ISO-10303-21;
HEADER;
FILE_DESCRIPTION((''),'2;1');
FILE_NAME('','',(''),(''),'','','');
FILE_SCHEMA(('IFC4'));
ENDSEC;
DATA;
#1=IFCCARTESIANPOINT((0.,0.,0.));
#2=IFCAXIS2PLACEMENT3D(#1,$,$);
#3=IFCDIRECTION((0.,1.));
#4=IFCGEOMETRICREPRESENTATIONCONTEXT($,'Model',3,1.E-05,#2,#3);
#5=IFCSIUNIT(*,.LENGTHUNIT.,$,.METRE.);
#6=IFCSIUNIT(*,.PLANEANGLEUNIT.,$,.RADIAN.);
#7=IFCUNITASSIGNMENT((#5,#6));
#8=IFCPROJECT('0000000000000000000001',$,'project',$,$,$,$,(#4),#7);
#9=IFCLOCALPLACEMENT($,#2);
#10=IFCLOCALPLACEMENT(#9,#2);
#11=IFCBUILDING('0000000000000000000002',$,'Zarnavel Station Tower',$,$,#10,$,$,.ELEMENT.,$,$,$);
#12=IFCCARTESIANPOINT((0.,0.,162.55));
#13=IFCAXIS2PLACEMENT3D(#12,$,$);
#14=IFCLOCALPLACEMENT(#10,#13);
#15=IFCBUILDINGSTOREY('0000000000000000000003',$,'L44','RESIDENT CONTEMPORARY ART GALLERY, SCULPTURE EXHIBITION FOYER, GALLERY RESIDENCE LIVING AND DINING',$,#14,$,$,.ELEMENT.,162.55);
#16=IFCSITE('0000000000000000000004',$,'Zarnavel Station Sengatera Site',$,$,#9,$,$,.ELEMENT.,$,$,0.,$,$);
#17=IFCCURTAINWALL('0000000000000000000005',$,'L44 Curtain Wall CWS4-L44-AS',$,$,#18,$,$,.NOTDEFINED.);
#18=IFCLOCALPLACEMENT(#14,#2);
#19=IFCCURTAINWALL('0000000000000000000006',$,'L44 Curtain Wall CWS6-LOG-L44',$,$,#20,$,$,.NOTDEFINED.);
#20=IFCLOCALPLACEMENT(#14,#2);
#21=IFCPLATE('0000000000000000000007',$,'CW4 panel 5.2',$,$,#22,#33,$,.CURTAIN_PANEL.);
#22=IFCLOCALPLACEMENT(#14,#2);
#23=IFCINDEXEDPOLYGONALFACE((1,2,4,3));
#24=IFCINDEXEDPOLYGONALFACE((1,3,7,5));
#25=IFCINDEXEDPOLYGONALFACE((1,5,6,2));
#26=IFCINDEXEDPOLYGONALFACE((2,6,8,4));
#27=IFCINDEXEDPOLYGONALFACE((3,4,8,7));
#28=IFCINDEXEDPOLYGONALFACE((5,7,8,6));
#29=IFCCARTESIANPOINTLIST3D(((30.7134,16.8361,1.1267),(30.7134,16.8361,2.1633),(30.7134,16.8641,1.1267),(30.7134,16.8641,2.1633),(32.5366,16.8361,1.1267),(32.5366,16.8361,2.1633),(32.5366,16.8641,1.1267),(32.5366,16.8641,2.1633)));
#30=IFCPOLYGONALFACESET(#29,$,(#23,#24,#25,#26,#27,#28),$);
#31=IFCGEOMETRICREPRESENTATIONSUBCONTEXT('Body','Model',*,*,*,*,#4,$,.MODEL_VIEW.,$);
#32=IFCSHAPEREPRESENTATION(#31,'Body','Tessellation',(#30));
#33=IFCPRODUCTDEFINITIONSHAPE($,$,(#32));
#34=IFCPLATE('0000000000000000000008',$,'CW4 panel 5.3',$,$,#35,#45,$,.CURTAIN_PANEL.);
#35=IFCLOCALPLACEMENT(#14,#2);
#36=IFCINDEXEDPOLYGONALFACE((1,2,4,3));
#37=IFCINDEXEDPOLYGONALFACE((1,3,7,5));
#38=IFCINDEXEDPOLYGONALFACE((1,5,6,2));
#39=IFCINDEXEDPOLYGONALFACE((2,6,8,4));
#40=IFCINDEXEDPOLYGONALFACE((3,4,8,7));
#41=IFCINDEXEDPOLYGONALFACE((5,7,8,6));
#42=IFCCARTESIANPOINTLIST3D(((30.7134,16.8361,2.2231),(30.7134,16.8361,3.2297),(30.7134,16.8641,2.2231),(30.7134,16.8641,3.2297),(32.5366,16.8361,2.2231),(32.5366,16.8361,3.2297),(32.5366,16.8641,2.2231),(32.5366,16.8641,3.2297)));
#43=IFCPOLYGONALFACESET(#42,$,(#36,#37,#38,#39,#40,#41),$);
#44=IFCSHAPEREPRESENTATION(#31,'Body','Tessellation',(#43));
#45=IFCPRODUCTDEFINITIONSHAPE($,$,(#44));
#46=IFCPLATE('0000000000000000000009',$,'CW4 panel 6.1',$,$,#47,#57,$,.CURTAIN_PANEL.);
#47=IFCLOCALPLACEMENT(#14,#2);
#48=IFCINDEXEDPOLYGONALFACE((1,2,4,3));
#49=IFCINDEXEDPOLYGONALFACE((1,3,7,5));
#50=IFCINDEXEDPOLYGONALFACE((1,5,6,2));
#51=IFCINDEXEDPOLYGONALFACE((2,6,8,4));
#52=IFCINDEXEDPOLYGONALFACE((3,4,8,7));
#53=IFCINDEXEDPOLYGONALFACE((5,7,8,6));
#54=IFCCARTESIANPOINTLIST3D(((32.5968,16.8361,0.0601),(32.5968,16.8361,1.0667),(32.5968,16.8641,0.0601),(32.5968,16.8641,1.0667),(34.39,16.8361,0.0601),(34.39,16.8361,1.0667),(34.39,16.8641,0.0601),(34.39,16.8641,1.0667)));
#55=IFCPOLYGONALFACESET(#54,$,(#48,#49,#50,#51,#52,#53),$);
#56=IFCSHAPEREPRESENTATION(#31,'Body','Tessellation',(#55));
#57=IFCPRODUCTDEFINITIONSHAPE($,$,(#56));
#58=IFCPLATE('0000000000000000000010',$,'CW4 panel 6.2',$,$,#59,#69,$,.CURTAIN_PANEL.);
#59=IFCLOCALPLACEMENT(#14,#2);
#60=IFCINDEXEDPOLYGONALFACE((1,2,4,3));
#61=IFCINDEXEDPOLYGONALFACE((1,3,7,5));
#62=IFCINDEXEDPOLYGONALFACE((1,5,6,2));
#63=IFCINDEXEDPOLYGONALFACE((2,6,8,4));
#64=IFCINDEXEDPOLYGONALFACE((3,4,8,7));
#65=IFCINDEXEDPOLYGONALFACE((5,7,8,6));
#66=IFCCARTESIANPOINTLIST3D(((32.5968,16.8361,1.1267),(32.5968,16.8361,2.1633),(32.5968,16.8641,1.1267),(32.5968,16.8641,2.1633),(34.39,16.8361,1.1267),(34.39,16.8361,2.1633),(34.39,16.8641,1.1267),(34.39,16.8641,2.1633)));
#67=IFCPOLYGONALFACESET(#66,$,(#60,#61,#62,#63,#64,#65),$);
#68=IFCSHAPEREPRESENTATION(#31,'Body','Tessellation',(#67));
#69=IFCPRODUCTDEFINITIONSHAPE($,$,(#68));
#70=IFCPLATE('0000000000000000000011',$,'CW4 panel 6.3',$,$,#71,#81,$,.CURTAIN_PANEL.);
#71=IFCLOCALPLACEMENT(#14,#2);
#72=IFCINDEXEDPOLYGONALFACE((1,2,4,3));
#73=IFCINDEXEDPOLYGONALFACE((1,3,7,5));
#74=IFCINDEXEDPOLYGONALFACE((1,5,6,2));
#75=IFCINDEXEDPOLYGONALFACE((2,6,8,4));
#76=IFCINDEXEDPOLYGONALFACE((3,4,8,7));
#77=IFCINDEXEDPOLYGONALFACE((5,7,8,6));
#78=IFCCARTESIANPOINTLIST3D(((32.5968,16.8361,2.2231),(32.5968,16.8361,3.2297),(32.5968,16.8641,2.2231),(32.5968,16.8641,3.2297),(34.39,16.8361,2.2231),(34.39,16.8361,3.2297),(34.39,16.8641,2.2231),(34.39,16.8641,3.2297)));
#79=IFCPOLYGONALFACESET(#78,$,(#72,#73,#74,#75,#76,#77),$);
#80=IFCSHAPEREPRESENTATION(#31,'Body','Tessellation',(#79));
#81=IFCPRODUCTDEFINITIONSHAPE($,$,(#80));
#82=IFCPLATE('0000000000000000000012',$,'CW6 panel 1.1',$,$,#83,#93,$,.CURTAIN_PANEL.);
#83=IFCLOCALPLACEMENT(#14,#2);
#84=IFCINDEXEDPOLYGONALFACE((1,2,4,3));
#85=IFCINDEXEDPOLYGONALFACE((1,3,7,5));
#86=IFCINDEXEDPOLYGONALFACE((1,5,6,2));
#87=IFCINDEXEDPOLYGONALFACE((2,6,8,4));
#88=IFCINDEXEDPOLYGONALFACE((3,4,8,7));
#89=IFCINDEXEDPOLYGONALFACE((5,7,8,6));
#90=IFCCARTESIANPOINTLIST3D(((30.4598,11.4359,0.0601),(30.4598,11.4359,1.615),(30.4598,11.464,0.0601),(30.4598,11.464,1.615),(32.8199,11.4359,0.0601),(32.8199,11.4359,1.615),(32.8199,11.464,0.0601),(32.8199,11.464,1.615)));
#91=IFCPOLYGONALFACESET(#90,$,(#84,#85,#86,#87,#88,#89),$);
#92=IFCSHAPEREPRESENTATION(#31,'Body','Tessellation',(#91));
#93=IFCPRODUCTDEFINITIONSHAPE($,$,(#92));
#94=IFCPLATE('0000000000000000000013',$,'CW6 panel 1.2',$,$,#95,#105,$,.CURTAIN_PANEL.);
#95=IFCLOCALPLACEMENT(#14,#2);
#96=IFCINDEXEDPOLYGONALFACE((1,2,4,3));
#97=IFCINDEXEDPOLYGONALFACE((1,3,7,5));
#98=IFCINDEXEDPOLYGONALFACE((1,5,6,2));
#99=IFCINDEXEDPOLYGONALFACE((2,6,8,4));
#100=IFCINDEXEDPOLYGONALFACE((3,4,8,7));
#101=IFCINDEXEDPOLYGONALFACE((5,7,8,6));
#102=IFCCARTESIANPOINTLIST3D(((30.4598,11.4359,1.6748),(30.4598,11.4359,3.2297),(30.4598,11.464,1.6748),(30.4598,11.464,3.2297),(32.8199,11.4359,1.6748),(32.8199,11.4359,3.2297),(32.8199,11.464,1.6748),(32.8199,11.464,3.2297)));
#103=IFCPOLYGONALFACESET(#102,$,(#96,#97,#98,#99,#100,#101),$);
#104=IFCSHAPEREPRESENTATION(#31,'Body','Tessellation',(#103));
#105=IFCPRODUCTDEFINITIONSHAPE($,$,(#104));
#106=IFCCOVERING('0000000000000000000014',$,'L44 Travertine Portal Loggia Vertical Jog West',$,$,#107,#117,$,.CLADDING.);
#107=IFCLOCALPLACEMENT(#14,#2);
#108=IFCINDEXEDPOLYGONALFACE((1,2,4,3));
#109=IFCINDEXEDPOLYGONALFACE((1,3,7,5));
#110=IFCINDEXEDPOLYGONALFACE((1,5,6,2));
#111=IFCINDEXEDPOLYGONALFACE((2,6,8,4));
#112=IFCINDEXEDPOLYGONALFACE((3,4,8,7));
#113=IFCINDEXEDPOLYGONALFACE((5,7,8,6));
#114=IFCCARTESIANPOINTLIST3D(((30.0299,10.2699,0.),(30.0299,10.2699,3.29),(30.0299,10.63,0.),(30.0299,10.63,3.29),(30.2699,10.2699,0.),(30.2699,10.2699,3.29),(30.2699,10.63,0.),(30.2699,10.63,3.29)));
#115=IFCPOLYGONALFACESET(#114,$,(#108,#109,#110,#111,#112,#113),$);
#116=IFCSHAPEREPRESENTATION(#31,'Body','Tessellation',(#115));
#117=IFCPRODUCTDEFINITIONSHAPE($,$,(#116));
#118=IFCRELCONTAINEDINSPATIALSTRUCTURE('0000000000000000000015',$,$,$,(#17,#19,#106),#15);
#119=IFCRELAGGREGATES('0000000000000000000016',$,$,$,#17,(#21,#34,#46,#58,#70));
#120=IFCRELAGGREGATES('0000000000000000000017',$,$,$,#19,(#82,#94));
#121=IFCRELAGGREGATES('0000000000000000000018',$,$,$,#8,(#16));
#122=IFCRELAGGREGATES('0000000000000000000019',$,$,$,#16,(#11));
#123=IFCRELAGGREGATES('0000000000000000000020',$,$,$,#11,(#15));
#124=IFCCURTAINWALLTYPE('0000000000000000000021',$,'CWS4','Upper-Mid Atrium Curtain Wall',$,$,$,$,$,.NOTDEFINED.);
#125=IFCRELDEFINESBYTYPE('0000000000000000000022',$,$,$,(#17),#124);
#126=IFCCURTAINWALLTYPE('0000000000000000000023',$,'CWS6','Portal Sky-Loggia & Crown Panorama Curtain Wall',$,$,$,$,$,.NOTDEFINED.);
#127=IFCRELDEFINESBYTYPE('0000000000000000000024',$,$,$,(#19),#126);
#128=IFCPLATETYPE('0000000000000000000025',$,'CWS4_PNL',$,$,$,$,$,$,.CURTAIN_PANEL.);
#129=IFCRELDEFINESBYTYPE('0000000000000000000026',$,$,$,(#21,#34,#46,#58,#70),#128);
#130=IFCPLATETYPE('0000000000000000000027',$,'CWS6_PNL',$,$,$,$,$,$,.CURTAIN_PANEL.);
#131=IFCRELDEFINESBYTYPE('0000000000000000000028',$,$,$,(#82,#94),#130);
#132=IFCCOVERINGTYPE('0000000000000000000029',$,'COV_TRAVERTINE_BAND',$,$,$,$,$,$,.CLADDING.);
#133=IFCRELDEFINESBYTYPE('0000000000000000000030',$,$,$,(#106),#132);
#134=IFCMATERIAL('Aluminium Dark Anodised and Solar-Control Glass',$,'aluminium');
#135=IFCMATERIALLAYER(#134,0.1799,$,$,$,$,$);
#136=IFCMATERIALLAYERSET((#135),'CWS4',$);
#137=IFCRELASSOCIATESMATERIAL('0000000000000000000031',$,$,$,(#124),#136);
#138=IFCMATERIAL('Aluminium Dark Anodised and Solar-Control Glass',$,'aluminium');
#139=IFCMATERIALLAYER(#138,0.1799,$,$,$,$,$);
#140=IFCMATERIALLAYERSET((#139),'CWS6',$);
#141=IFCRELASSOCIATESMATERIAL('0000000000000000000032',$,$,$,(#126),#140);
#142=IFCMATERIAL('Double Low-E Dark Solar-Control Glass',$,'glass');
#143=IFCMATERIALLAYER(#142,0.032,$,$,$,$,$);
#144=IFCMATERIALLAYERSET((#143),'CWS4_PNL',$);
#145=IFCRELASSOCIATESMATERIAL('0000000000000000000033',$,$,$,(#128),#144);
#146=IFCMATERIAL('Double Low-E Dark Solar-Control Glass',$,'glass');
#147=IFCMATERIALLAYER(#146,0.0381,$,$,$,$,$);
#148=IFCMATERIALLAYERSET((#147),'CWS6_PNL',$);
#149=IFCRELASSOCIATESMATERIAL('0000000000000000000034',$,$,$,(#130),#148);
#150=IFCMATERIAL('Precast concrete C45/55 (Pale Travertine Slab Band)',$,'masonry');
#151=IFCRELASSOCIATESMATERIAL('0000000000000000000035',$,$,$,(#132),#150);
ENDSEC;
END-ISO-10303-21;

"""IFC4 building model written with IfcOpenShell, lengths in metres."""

from ifc_helpers import new_model, si_unit, direction, frame, origin, origin_2d, place, context, subcontext, project, spatial, rectangle, extrude, material, layer, layer_set, type_object, element, aggregate, save


model = new_model("IFC4")

# Units and contexts
model_context = context("Model", 3, precision=1e-05, world=origin(), true_north=direction((0.0, 1.0)))
body_context = subcontext(model_context, "Body", "Model", "MODEL_VIEW")
ifc_project = project(units=[si_unit("LENGTHUNIT", "METRE"), si_unit("PLANEANGLEUNIT", "RADIAN")], contexts=[model_context])

# Site, building, storey
site_placement = place(None, origin())
site = spatial("IfcSite", under=ifc_project, at=site_placement, Name="Zarnavel Station Sengatera Site", CompositionType="ELEMENT", RefElevation=0.0)
building_placement = place(site_placement, origin())
building = spatial("IfcBuilding", under=site, at=building_placement, Name="Zarnavel Station Tower", CompositionType="ELEMENT")
storey_placement = place(building_placement, frame((0.0, 0.0, 162.55)))
storey = spatial("IfcBuildingStorey", under=building, at=storey_placement, Name="L44", Description="RESIDENT CONTEMPORARY ART GALLERY, SCULPTURE EXHIBITION FOYER, GALLERY RESIDENCE LIVING AND DINING", CompositionType="ELEMENT", Elevation=162.55)

# Curtain walls
ifc_material_1 = material(Name="Aluminium Dark Anodised and Solar-Control Glass", Category="aluminium")
ifc_layer_1 = layer(ifc_material_1, 0.1799)
ifc_layer_set_1 = layer_set([ifc_layer_1], Name="CWS4")
curtain_wall_type_1 = type_object("IfcCurtainWallType", Name="CWS4", Description="Upper-Mid Atrium Curtain Wall", PredefinedType="NOTDEFINED", material=ifc_layer_set_1)
curtain_wall_1_placement = place(storey_placement, origin())
curtain_wall_1 = element("IfcCurtainWall", 1, at=curtain_wall_1_placement, inside=storey, type_object=curtain_wall_type_1, Name="L44 Curtain Wall CWS4-L44-AS", PredefinedType="NOTDEFINED")
ifc_material_2 = material(Name="Aluminium Dark Anodised and Solar-Control Glass", Category="aluminium")
ifc_layer_2 = layer(ifc_material_2, 0.1799)
ifc_layer_set_2 = layer_set([ifc_layer_2], Name="CWS6")
curtain_wall_type_2 = type_object("IfcCurtainWallType", Name="CWS6", Description="Portal Sky-Loggia & Crown Panorama Curtain Wall", PredefinedType="NOTDEFINED", material=ifc_layer_set_2)
curtain_wall_2_placement = place(storey_placement, origin())
curtain_wall_2 = element("IfcCurtainWall", 2, at=curtain_wall_2_placement, inside=storey, type_object=curtain_wall_type_2, Name="L44 Curtain Wall CWS6-LOG-L44", PredefinedType="NOTDEFINED")

# Plates
ifc_material_3 = material(Name="Double Low-E Dark Solar-Control Glass", Category="glass")
ifc_layer_3 = layer(ifc_material_3, 0.032)
ifc_layer_set_3 = layer_set([ifc_layer_3], Name="CWS4_PNL")
plate_type_1 = type_object("IfcPlateType", Name="CWS4_PNL", PredefinedType="CURTAIN_PANEL", material=ifc_layer_set_3)
plate_1_placement = place(storey_placement, frame((31.625, 16.8501, 1.1267), z_axis=(0.0, 0.0, 1.0), x_axis=(1.0, 0.0, 0.0)))
plate_1 = element("IfcPlate", 3, at=plate_1_placement, type_object=plate_type_1, Name="CW4 panel 5.2", PredefinedType="CURTAIN_PANEL", context=body_context, shape_type="SweptSolid", body=[
    extrude(rectangle(XDim=1.8232, YDim=0.0281, at=origin_2d()), origin(), (0.0, 0.0, 1.0), 1.0366),
])
plate_2_placement = place(storey_placement, frame((31.625, 16.8501, 2.2231), z_axis=(0.0, 0.0, 1.0), x_axis=(1.0, 0.0, 0.0)))
plate_2 = element("IfcPlate", 4, at=plate_2_placement, type_object=plate_type_1, Name="CW4 panel 5.3", PredefinedType="CURTAIN_PANEL", context=body_context, shape_type="SweptSolid", body=[
    extrude(rectangle(XDim=1.8232, YDim=0.0281, at=origin_2d()), origin(), (0.0, 0.0, 1.0), 1.0066),
])
plate_3_placement = place(storey_placement, frame((33.4934, 16.8501, 0.0601), z_axis=(0.0, 0.0, 1.0), x_axis=(1.0, 0.0, 0.0)))
plate_3 = element("IfcPlate", 5, at=plate_3_placement, type_object=plate_type_1, Name="CW4 panel 6.1", PredefinedType="CURTAIN_PANEL", context=body_context, shape_type="SweptSolid", body=[
    extrude(rectangle(XDim=1.7932, YDim=0.0281, at=origin_2d()), origin(), (0.0, 0.0, 1.0), 1.0066),
])
plate_4_placement = place(storey_placement, frame((33.4934, 16.8501, 1.1267), z_axis=(0.0, 0.0, 1.0), x_axis=(1.0, 0.0, 0.0)))
plate_4 = element("IfcPlate", 6, at=plate_4_placement, type_object=plate_type_1, Name="CW4 panel 6.2", PredefinedType="CURTAIN_PANEL", context=body_context, shape_type="SweptSolid", body=[
    extrude(rectangle(XDim=1.7932, YDim=0.0281, at=origin_2d()), origin(), (0.0, 0.0, 1.0), 1.0366),
])
plate_5_placement = place(storey_placement, frame((33.4934, 16.8501, 2.2231), z_axis=(0.0, 0.0, 1.0), x_axis=(1.0, 0.0, 0.0)))
plate_5 = element("IfcPlate", 7, at=plate_5_placement, type_object=plate_type_1, Name="CW4 panel 6.3", PredefinedType="CURTAIN_PANEL", context=body_context, shape_type="SweptSolid", body=[
    extrude(rectangle(XDim=1.7932, YDim=0.0281, at=origin_2d()), origin(), (0.0, 0.0, 1.0), 1.0066),
])
aggregate(curtain_wall_1, [plate_1, plate_2, plate_3, plate_4, plate_5])
ifc_material_4 = material(Name="Double Low-E Dark Solar-Control Glass", Category="glass")
ifc_layer_4 = layer(ifc_material_4, 0.0381)
ifc_layer_set_4 = layer_set([ifc_layer_4], Name="CWS6_PNL")
plate_type_2 = type_object("IfcPlateType", Name="CWS6_PNL", PredefinedType="CURTAIN_PANEL", material=ifc_layer_set_4)
plate_6_placement = place(storey_placement, frame((31.6399, 11.45, 0.0601), z_axis=(0.0, 0.0, 1.0), x_axis=(1.0, 0.0, 0.0)))
plate_6 = element("IfcPlate", 8, at=plate_6_placement, type_object=plate_type_2, Name="CW6 panel 1.1", PredefinedType="CURTAIN_PANEL", context=body_context, shape_type="SweptSolid", body=[
    extrude(rectangle(XDim=2.3601, YDim=0.0281, at=origin_2d()), origin(), (0.0, 0.0, 1.0), 1.5549),
])
plate_7_placement = place(storey_placement, frame((31.6399, 11.45, 1.6748), z_axis=(0.0, 0.0, 1.0), x_axis=(1.0, 0.0, 0.0)))
plate_7 = element("IfcPlate", 9, at=plate_7_placement, type_object=plate_type_2, Name="CW6 panel 1.2", PredefinedType="CURTAIN_PANEL", context=body_context, shape_type="SweptSolid", body=[
    extrude(rectangle(XDim=2.3601, YDim=0.0281, at=origin_2d()), origin(), (0.0, 0.0, 1.0), 1.5549),
])
aggregate(curtain_wall_2, [plate_6, plate_7])

# Covering
ifc_material_5 = material(Name="Precast concrete C45/55 (Pale Travertine Slab Band)", Category="masonry")
covering_type = type_object("IfcCoveringType", Name="COV_TRAVERTINE_BAND", PredefinedType="CLADDING", material=ifc_material_5)
covering_placement = place(storey_placement, frame((30.1499, 10.45, 0.0), z_axis=(0.0, 0.0, 1.0), x_axis=(1.0, 0.0, 0.0)))
element("IfcCovering", 10, at=covering_placement, inside=storey, type_object=covering_type, Name="L44 Travertine Portal Loggia Vertical Jog West", PredefinedType="CLADDING", context=body_context, shape_type="SweptSolid", body=[
    extrude(rectangle(XDim=0.24, YDim=0.3601, at=origin_2d()), origin(), (0.0, 0.0, 1.0), 3.29),
])

save(model, "model.ifc")
